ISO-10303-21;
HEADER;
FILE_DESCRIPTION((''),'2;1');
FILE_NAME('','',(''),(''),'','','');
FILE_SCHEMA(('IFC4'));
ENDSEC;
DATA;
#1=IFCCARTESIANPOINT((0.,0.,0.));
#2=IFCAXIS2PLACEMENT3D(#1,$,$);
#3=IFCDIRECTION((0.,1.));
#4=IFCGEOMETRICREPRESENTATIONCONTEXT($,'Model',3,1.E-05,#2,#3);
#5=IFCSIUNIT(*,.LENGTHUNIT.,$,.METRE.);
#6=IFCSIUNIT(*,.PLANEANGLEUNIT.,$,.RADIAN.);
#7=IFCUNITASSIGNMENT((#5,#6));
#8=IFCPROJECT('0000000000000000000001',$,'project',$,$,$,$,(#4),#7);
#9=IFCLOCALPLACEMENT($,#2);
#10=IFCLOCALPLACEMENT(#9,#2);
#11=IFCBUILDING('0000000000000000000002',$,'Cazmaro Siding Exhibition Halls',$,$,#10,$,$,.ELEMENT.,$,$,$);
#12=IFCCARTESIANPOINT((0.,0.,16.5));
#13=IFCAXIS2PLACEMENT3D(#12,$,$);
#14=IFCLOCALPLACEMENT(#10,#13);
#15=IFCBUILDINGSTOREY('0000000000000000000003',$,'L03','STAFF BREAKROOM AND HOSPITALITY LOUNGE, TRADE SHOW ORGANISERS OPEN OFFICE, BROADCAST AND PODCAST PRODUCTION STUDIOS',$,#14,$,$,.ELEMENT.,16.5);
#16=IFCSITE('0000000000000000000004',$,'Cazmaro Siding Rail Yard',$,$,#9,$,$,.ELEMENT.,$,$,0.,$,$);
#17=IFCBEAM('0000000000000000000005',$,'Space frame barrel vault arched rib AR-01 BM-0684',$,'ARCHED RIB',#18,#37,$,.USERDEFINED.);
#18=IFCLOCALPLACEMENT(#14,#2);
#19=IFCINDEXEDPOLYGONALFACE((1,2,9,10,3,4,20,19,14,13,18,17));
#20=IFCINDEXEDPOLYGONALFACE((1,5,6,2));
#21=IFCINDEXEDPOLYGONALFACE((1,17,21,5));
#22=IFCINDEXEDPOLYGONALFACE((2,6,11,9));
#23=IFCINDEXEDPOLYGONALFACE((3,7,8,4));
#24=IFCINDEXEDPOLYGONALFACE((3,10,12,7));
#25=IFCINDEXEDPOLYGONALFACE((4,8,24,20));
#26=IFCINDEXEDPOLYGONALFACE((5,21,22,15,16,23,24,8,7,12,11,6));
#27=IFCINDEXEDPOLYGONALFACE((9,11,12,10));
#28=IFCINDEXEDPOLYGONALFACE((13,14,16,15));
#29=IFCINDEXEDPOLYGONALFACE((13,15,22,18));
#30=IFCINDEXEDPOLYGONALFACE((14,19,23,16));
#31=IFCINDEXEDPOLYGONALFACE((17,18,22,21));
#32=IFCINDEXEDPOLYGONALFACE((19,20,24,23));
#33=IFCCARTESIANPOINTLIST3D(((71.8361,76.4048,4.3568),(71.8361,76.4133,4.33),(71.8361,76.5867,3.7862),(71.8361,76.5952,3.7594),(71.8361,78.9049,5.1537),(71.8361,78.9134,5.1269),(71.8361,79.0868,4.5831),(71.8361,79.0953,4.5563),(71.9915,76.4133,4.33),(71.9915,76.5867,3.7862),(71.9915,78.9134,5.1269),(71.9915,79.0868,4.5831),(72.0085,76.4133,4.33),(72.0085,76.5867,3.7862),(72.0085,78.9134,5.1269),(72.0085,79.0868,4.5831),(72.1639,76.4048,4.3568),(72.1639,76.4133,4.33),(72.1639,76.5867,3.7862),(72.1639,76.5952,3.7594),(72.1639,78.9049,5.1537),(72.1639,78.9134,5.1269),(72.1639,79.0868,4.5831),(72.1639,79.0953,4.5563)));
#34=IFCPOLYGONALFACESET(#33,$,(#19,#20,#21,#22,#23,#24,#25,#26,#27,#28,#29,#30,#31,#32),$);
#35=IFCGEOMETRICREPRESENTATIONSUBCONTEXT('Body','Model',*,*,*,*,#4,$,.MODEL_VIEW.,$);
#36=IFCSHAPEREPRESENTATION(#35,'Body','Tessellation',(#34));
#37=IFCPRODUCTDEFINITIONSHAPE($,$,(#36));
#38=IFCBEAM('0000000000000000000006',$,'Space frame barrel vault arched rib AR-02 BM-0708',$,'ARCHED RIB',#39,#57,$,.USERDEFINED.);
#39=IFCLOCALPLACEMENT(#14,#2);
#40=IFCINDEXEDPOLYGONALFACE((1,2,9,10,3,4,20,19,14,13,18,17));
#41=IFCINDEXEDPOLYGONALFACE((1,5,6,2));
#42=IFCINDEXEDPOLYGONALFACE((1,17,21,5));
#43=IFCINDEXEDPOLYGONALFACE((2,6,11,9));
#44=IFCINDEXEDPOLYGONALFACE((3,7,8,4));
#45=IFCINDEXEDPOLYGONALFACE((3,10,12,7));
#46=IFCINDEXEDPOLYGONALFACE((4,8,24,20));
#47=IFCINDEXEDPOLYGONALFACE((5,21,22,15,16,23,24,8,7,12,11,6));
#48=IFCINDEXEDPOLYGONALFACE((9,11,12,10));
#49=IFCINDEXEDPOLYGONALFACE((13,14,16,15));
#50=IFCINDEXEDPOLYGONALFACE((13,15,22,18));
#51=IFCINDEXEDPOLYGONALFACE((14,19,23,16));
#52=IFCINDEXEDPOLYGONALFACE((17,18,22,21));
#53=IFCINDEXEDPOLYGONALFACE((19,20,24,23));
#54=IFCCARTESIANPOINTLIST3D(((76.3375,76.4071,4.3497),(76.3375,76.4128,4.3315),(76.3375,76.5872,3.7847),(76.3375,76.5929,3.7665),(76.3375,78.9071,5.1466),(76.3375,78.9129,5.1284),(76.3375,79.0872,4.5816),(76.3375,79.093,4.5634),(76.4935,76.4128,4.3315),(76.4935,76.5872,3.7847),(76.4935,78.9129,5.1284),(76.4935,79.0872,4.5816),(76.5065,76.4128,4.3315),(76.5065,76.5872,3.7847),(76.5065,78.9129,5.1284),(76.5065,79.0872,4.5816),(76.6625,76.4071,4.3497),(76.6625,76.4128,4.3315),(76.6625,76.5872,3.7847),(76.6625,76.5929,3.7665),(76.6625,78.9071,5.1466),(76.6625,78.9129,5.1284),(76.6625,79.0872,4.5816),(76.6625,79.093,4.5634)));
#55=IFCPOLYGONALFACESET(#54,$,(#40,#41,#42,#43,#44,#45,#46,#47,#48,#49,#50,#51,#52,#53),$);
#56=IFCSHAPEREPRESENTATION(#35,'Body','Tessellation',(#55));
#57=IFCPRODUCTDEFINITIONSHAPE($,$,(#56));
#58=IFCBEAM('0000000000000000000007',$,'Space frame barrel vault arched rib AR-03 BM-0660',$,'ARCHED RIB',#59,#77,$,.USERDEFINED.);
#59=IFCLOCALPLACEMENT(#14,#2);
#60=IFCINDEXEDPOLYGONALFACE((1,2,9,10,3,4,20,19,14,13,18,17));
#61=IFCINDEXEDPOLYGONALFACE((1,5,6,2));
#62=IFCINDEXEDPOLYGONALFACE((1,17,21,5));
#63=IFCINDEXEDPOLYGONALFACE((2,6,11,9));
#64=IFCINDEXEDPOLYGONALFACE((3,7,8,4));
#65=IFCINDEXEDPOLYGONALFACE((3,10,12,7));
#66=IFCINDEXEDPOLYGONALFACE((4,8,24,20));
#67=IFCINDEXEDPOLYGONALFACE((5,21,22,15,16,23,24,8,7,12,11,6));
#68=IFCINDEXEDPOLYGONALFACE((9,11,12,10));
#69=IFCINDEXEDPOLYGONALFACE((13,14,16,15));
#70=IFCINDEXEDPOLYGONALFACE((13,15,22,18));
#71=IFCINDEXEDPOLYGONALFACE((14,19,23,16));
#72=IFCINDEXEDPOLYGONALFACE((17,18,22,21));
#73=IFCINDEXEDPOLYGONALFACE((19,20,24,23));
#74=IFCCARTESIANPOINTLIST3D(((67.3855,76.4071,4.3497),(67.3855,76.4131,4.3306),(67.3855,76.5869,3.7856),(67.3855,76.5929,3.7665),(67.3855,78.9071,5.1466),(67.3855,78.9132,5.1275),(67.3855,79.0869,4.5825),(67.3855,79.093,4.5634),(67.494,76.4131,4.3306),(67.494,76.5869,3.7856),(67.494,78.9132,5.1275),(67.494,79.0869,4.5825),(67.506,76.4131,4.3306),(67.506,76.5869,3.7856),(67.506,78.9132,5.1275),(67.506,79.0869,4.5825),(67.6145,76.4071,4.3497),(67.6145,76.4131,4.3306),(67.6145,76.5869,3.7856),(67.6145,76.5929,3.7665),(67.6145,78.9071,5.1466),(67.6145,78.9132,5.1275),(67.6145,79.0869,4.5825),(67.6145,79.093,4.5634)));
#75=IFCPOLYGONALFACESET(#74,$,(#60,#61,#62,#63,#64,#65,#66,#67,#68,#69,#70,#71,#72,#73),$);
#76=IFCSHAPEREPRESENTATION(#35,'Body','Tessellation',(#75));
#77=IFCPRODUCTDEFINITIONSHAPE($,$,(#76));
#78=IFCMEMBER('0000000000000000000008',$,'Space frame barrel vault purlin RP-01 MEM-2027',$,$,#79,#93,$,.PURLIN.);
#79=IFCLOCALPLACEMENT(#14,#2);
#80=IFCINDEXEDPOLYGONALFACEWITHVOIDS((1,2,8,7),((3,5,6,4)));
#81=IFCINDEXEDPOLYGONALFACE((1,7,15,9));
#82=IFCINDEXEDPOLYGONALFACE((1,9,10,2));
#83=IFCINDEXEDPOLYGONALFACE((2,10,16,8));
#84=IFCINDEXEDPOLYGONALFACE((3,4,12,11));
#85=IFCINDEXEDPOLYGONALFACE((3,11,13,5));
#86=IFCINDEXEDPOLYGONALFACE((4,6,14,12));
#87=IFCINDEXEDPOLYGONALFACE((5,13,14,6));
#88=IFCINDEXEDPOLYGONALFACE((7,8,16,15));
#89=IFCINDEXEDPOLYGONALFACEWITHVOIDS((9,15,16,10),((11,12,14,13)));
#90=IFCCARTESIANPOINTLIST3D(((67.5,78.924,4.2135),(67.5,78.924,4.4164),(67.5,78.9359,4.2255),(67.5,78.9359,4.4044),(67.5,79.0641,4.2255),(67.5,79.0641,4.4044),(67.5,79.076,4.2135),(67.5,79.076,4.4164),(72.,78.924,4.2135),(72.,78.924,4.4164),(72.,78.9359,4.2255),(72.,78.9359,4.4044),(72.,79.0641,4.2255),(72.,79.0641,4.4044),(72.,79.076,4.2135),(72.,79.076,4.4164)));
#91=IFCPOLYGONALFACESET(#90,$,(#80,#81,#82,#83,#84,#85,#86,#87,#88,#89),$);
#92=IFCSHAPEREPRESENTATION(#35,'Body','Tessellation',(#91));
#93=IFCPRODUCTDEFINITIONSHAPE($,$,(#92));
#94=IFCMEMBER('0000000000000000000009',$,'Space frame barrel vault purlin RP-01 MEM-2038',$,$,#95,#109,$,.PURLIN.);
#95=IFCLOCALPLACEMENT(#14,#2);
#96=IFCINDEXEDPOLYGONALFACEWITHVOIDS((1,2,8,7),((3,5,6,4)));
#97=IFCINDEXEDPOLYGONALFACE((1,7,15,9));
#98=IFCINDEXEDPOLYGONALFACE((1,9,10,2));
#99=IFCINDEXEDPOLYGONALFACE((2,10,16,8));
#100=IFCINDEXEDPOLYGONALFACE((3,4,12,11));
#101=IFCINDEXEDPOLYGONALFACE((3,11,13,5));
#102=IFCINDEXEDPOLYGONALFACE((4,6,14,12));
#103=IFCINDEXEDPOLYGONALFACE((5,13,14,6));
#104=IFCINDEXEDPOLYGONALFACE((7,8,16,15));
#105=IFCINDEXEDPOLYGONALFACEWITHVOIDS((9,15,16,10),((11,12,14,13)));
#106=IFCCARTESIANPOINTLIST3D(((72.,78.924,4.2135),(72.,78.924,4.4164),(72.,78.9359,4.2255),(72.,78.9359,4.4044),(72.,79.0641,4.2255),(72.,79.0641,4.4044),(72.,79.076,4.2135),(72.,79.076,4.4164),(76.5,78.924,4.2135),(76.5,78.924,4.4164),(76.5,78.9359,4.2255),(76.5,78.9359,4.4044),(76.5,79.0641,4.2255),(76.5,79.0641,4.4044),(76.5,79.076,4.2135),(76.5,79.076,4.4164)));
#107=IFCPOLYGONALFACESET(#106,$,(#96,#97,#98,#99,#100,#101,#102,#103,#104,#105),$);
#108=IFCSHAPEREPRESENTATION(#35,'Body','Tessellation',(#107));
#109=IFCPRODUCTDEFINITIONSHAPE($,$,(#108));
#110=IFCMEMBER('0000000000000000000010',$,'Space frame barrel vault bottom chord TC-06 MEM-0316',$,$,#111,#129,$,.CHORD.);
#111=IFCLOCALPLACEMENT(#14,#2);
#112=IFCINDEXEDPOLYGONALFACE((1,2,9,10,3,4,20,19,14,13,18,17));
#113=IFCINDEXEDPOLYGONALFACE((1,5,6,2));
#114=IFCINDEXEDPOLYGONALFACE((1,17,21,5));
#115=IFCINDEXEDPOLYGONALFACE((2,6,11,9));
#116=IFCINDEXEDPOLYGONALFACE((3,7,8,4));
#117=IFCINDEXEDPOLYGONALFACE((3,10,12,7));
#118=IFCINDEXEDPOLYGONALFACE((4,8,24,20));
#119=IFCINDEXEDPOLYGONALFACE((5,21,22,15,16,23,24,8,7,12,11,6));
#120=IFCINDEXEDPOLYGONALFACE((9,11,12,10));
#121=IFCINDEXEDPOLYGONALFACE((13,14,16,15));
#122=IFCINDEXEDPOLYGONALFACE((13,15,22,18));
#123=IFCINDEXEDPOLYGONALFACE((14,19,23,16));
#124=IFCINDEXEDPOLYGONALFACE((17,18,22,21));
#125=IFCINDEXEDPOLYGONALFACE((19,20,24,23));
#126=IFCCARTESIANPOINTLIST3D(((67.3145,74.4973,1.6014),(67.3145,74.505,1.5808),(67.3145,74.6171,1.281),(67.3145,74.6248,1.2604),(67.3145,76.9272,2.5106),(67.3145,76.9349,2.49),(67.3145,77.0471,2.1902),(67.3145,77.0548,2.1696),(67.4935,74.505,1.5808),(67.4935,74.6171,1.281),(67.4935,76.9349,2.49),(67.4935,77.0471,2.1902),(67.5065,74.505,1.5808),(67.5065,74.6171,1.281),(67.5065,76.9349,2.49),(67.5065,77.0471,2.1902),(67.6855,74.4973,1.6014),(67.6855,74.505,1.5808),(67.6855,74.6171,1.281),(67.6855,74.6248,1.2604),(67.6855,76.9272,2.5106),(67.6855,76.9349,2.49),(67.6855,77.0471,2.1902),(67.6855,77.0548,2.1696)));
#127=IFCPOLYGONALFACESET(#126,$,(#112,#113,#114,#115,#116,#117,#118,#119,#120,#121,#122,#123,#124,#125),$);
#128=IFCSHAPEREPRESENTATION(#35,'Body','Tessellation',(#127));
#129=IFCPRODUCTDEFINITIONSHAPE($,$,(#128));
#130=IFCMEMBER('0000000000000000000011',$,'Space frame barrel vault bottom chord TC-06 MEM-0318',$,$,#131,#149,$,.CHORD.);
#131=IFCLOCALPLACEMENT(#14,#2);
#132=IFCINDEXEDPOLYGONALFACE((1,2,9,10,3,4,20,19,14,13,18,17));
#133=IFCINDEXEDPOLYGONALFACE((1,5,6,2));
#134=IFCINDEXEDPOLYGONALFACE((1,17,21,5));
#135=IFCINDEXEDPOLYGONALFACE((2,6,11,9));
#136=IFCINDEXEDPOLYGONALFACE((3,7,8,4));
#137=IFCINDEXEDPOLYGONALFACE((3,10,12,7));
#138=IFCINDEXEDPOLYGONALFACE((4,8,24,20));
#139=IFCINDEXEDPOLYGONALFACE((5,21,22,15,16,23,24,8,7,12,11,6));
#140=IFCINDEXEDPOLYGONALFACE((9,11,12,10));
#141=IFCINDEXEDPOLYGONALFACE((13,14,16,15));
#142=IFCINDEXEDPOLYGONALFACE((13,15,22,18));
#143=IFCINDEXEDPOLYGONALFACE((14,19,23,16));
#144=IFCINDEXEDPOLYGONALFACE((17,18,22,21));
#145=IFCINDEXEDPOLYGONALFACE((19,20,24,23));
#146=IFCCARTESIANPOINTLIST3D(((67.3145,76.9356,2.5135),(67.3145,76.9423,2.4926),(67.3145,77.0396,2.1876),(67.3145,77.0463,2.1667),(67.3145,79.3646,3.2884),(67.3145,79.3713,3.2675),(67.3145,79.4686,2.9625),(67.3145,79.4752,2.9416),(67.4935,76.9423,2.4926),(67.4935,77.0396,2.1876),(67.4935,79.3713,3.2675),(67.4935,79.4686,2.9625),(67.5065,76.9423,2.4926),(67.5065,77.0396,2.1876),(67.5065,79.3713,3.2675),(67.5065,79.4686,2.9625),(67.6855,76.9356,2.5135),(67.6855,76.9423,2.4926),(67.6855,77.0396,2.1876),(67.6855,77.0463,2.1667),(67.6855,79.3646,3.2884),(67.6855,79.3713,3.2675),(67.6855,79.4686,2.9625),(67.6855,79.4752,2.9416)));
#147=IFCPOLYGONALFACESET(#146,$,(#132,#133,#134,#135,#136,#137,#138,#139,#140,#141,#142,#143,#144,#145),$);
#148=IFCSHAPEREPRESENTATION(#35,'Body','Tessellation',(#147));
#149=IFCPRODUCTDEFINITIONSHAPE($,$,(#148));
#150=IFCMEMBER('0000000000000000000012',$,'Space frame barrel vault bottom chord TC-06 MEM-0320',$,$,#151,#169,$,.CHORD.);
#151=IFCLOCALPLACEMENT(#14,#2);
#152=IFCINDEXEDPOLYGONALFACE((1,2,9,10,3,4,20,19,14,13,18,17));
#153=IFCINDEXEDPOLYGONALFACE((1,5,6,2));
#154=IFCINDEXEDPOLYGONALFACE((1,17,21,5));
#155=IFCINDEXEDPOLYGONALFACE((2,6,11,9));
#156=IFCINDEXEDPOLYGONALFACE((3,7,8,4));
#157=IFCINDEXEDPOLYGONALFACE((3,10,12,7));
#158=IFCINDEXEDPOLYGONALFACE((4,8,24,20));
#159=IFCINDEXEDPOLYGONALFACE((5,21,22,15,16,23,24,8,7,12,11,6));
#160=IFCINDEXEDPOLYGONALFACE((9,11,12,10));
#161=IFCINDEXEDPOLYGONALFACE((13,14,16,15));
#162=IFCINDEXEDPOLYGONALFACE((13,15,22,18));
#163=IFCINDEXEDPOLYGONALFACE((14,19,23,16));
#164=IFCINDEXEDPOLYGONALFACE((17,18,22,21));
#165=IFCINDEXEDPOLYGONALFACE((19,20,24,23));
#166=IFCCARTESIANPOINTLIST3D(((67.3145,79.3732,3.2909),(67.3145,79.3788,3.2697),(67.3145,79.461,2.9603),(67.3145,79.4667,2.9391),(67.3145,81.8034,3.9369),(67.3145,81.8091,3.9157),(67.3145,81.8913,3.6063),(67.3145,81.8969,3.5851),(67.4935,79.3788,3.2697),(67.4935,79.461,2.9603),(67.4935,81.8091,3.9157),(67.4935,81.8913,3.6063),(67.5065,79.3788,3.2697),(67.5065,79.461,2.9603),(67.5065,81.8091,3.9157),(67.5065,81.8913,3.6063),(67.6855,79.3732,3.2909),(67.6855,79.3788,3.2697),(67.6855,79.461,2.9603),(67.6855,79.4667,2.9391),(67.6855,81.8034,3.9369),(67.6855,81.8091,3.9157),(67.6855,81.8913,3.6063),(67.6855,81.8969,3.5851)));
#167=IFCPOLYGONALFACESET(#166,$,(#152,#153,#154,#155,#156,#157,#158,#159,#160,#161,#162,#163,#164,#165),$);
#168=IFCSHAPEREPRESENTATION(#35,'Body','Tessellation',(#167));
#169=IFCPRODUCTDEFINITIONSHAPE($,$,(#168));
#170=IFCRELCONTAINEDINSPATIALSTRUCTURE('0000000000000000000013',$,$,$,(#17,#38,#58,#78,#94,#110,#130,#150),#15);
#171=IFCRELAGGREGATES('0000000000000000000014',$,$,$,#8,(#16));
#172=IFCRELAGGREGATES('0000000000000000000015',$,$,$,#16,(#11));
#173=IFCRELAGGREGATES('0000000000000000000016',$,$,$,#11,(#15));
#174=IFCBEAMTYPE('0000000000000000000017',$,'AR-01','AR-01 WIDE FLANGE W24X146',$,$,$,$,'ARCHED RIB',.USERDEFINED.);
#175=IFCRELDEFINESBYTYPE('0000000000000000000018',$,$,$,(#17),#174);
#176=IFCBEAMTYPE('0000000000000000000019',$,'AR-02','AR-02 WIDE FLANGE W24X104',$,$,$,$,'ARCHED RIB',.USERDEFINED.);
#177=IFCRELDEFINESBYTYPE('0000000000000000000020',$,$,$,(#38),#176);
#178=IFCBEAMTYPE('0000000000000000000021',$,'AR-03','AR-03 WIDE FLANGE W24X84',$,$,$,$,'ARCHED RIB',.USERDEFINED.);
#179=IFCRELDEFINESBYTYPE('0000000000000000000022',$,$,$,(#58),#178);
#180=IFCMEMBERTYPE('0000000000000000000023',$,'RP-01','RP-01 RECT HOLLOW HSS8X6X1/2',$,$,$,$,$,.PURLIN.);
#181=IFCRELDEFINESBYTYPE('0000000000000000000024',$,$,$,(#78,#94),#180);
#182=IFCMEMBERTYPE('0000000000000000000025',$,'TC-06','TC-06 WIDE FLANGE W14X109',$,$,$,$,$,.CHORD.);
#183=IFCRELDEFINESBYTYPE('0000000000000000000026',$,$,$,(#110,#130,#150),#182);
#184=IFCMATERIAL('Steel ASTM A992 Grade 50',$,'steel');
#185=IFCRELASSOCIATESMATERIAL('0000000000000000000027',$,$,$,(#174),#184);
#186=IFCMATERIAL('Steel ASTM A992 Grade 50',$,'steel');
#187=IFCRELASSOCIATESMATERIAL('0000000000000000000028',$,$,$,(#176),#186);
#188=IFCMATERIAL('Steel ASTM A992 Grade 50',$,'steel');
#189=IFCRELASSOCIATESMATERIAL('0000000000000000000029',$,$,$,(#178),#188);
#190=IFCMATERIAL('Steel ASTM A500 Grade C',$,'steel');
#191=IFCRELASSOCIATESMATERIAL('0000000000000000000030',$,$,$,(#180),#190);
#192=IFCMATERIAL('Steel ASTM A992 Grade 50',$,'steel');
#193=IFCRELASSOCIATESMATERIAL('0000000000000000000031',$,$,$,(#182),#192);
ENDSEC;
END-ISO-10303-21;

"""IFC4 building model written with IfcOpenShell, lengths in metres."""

from ifc_helpers import new_model, si_unit, direction, frame, origin, origin_2d, place, context, subcontext, project, spatial, hollow_rectangle, i_section, extrude, material, material_profile, profile_set, type_object, element, save


model = new_model("IFC4")

# Units and contexts
model_context = context("Model", 3, precision=1e-05, world=origin(), true_north=direction((0.0, 1.0)))
body_context = subcontext(model_context, "Body", "Model", "MODEL_VIEW")
ifc_project = project(units=[si_unit("LENGTHUNIT", "METRE"), si_unit("PLANEANGLEUNIT", "RADIAN")], contexts=[model_context])

# Site, building, storey
site_placement = place(None, origin())
site = spatial("IfcSite", under=ifc_project, at=site_placement, Name="Cazmaro Siding Rail Yard", CompositionType="ELEMENT", RefElevation=0.0)
building_placement = place(site_placement, origin())
building = spatial("IfcBuilding", under=site, at=building_placement, Name="Cazmaro Siding Exhibition Halls", CompositionType="ELEMENT")
storey_placement = place(building_placement, frame((0.0, 0.0, 16.5)))
storey = spatial("IfcBuildingStorey", under=building, at=storey_placement, Name="L03", Description="STAFF BREAKROOM AND HOSPITALITY LOUNGE, TRADE SHOW ORGANISERS OPEN OFFICE, BROADCAST AND PODCAST PRODUCTION STUDIOS", CompositionType="ELEMENT", Elevation=16.5)

# Beams
ifc_material_1 = material(Name="Steel ASTM A992 Grade 50", Category="steel")
ifc_material_profile_1 = material_profile(ifc_material_1, i_section(OverallWidth=0.3279, OverallDepth=0.627, WebThickness=0.0171, FlangeThickness=0.0281, at=origin_2d()), Name="W24X146")
ifc_profile_set_1 = profile_set([ifc_material_profile_1], Name="Steel ASTM A992 Grade 50")
beam_type_1 = type_object("IfcBeamType", Name="AR-01", Description="AR-01 WIDE FLANGE W24X146", ElementType="ARCHED RIB", PredefinedType="USERDEFINED", material=ifc_profile_set_1)
beam_1_placement = place(storey_placement, frame((72.0, 76.5, 4.0581), z_axis=(0.0, 0.952769, 0.303695), x_axis=(-1.0, 0.0, 0.0)))
element("IfcBeam", 1, at=beam_1_placement, inside=storey, type_object=beam_type_1, Name="Space frame barrel vault arched rib AR-01 BM-0684", ObjectType="ARCHED RIB", PredefinedType="USERDEFINED", context=body_context, shape_type="SweptSolid", body=[
    extrude(i_section(OverallWidth=0.3279, OverallDepth=0.627, WebThickness=0.0171, FlangeThickness=0.0281, at=origin_2d()), origin(), (0.0, 0.0, 1.0), 2.624),
])
ifc_material_2 = material(Name="Steel ASTM A992 Grade 50", Category="steel")
ifc_material_profile_2 = material_profile(ifc_material_2, i_section(OverallWidth=0.325, OverallDepth=0.6121, WebThickness=0.0129, FlangeThickness=0.019, at=origin_2d()), Name="W24X104")
ifc_profile_set_2 = profile_set([ifc_material_profile_2], Name="Steel ASTM A992 Grade 50")
beam_type_2 = type_object("IfcBeamType", Name="AR-02", Description="AR-02 WIDE FLANGE W24X104", ElementType="ARCHED RIB", PredefinedType="USERDEFINED", material=ifc_profile_set_2)
beam_2_placement = place(storey_placement, frame((76.5, 76.5, 4.0581), z_axis=(0.0, 0.952769, 0.303695), x_axis=(-1.0, 0.0, 0.0)))
element("IfcBeam", 2, at=beam_2_placement, inside=storey, type_object=beam_type_2, Name="Space frame barrel vault arched rib AR-02 BM-0708", ObjectType="ARCHED RIB", PredefinedType="USERDEFINED", context=body_context, shape_type="SweptSolid", body=[
    extrude(i_section(OverallWidth=0.325, OverallDepth=0.6121, WebThickness=0.0129, FlangeThickness=0.019, at=origin_2d()), origin(), (0.0, 0.0, 1.0), 2.624),
])
ifc_material_3 = material(Name="Steel ASTM A992 Grade 50", Category="steel")
ifc_material_profile_3 = material_profile(ifc_material_3, i_section(OverallWidth=0.229, OverallDepth=0.6121, WebThickness=0.012, FlangeThickness=0.02, at=origin_2d()), Name="W24X84")
ifc_profile_set_3 = profile_set([ifc_material_profile_3], Name="Steel ASTM A992 Grade 50")
beam_type_3 = type_object("IfcBeamType", Name="AR-03", Description="AR-03 WIDE FLANGE W24X84", ElementType="ARCHED RIB", PredefinedType="USERDEFINED", material=ifc_profile_set_3)
beam_3_placement = place(storey_placement, frame((67.5, 76.5, 4.0581), z_axis=(0.0, 0.952769, 0.303695), x_axis=(-1.0, 0.0, 0.0)))
element("IfcBeam", 3, at=beam_3_placement, inside=storey, type_object=beam_type_3, Name="Space frame barrel vault arched rib AR-03 BM-0660", ObjectType="ARCHED RIB", PredefinedType="USERDEFINED", context=body_context, shape_type="SweptSolid", body=[
    extrude(i_section(OverallWidth=0.229, OverallDepth=0.6121, WebThickness=0.012, FlangeThickness=0.02, at=origin_2d()), origin(), (0.0, 0.0, 1.0), 2.624),
])

# Members
ifc_material_4 = material(Name="Steel ASTM A500 Grade C", Category="steel")
ifc_material_profile_4 = material_profile(ifc_material_4, hollow_rectangle(XDim=0.1521, YDim=0.2029, WallThickness=0.012, at=origin_2d()), Name="HSS8X6X1/2")
ifc_profile_set_4 = profile_set([ifc_material_profile_4], Name="Steel ASTM A500 Grade C")
member_type_1 = type_object("IfcMemberType", Name="RP-01", Description="RP-01 RECT HOLLOW HSS8X6X1/2", PredefinedType="PURLIN", material=ifc_profile_set_4)
for number, where, z_axis, x_axis, name in (
    (4, (67.5, 79.0, 4.3149), (1.0, 0.0, 0.0), (0.0, 1.0, 0.0), "Space frame barrel vault purlin RP-01 MEM-2027"),
    (5, (72.0, 79.0, 4.3149), (1.0, 0.0, 0.0), (0.0, 1.0, 0.0), "Space frame barrel vault purlin RP-01 MEM-2038"),
):
    element("IfcMember", number, at=place(storey_placement, frame(where, z_axis=z_axis, x_axis=x_axis)), inside=storey, type_object=member_type_1, Name=name, PredefinedType="PURLIN", context=body_context, shape_type="SweptSolid", body=[
        extrude(hollow_rectangle(XDim=0.1521, YDim=0.2029, WallThickness=0.012, at=origin_2d()), origin(), (0.0, 0.0, 1.0), 4.5),
    ])
ifc_material_5 = material(Name="Steel ASTM A992 Grade 50", Category="steel")
ifc_material_profile_5 = material_profile(ifc_material_5, i_section(OverallWidth=0.3711, OverallDepth=0.364, WebThickness=0.0129, FlangeThickness=0.022, at=origin_2d()), Name="W14X109")
ifc_profile_set_5 = profile_set([ifc_material_profile_5], Name="Steel ASTM A992 Grade 50")
member_type_2 = type_object("IfcMemberType", Name="TC-06", Description="TC-06 WIDE FLANGE W14X109", PredefinedType="CHORD", material=ifc_profile_set_5)
member_1_placement = place(storey_placement, frame((67.5, 74.561, 1.4309), z_axis=(0.0, 0.936588, 0.350432), x_axis=(-1.0, 0.0, 0.0)))
element("IfcMember", 6, at=member_1_placement, inside=storey, type_object=member_type_2, Name="Space frame barrel vault bottom chord TC-06 MEM-0316", PredefinedType="CHORD", context=body_context, shape_type="SweptSolid", body=[
    extrude(i_section(OverallWidth=0.3711, OverallDepth=0.364, WebThickness=0.0129, FlangeThickness=0.022, at=origin_2d()), origin(), (0.0, 0.0, 1.0), 2.5945),
])
member_2_placement = place(storey_placement, frame((67.5, 76.991, 2.3401), z_axis=(0.0, 0.952693, 0.303935), x_axis=(-1.0, 0.0, 0.0)))
element("IfcMember", 7, at=member_2_placement, inside=storey, type_object=member_type_2, Name="Space frame barrel vault bottom chord TC-06 MEM-0318", PredefinedType="CHORD", context=body_context, shape_type="SweptSolid", body=[
    extrude(i_section(OverallWidth=0.3711, OverallDepth=0.364, WebThickness=0.0129, FlangeThickness=0.022, at=origin_2d()), origin(), (0.0, 0.0, 1.0), 2.5496),
])
member_3_placement = place(storey_placement, frame((67.5, 79.4199, 3.115), z_axis=(0.0, 0.966438, 0.256901), x_axis=(-1.0, 0.0, 0.0)))
element("IfcMember", 8, at=member_3_placement, inside=storey, type_object=member_type_2, Name="Space frame barrel vault bottom chord TC-06 MEM-0320", PredefinedType="CHORD", context=body_context, shape_type="SweptSolid", body=[
    extrude(i_section(OverallWidth=0.3711, OverallDepth=0.364, WebThickness=0.0129, FlangeThickness=0.022, at=origin_2d()), origin(), (0.0, 0.0, 1.0), 2.5146),
])

save(model, "model.ifc")
